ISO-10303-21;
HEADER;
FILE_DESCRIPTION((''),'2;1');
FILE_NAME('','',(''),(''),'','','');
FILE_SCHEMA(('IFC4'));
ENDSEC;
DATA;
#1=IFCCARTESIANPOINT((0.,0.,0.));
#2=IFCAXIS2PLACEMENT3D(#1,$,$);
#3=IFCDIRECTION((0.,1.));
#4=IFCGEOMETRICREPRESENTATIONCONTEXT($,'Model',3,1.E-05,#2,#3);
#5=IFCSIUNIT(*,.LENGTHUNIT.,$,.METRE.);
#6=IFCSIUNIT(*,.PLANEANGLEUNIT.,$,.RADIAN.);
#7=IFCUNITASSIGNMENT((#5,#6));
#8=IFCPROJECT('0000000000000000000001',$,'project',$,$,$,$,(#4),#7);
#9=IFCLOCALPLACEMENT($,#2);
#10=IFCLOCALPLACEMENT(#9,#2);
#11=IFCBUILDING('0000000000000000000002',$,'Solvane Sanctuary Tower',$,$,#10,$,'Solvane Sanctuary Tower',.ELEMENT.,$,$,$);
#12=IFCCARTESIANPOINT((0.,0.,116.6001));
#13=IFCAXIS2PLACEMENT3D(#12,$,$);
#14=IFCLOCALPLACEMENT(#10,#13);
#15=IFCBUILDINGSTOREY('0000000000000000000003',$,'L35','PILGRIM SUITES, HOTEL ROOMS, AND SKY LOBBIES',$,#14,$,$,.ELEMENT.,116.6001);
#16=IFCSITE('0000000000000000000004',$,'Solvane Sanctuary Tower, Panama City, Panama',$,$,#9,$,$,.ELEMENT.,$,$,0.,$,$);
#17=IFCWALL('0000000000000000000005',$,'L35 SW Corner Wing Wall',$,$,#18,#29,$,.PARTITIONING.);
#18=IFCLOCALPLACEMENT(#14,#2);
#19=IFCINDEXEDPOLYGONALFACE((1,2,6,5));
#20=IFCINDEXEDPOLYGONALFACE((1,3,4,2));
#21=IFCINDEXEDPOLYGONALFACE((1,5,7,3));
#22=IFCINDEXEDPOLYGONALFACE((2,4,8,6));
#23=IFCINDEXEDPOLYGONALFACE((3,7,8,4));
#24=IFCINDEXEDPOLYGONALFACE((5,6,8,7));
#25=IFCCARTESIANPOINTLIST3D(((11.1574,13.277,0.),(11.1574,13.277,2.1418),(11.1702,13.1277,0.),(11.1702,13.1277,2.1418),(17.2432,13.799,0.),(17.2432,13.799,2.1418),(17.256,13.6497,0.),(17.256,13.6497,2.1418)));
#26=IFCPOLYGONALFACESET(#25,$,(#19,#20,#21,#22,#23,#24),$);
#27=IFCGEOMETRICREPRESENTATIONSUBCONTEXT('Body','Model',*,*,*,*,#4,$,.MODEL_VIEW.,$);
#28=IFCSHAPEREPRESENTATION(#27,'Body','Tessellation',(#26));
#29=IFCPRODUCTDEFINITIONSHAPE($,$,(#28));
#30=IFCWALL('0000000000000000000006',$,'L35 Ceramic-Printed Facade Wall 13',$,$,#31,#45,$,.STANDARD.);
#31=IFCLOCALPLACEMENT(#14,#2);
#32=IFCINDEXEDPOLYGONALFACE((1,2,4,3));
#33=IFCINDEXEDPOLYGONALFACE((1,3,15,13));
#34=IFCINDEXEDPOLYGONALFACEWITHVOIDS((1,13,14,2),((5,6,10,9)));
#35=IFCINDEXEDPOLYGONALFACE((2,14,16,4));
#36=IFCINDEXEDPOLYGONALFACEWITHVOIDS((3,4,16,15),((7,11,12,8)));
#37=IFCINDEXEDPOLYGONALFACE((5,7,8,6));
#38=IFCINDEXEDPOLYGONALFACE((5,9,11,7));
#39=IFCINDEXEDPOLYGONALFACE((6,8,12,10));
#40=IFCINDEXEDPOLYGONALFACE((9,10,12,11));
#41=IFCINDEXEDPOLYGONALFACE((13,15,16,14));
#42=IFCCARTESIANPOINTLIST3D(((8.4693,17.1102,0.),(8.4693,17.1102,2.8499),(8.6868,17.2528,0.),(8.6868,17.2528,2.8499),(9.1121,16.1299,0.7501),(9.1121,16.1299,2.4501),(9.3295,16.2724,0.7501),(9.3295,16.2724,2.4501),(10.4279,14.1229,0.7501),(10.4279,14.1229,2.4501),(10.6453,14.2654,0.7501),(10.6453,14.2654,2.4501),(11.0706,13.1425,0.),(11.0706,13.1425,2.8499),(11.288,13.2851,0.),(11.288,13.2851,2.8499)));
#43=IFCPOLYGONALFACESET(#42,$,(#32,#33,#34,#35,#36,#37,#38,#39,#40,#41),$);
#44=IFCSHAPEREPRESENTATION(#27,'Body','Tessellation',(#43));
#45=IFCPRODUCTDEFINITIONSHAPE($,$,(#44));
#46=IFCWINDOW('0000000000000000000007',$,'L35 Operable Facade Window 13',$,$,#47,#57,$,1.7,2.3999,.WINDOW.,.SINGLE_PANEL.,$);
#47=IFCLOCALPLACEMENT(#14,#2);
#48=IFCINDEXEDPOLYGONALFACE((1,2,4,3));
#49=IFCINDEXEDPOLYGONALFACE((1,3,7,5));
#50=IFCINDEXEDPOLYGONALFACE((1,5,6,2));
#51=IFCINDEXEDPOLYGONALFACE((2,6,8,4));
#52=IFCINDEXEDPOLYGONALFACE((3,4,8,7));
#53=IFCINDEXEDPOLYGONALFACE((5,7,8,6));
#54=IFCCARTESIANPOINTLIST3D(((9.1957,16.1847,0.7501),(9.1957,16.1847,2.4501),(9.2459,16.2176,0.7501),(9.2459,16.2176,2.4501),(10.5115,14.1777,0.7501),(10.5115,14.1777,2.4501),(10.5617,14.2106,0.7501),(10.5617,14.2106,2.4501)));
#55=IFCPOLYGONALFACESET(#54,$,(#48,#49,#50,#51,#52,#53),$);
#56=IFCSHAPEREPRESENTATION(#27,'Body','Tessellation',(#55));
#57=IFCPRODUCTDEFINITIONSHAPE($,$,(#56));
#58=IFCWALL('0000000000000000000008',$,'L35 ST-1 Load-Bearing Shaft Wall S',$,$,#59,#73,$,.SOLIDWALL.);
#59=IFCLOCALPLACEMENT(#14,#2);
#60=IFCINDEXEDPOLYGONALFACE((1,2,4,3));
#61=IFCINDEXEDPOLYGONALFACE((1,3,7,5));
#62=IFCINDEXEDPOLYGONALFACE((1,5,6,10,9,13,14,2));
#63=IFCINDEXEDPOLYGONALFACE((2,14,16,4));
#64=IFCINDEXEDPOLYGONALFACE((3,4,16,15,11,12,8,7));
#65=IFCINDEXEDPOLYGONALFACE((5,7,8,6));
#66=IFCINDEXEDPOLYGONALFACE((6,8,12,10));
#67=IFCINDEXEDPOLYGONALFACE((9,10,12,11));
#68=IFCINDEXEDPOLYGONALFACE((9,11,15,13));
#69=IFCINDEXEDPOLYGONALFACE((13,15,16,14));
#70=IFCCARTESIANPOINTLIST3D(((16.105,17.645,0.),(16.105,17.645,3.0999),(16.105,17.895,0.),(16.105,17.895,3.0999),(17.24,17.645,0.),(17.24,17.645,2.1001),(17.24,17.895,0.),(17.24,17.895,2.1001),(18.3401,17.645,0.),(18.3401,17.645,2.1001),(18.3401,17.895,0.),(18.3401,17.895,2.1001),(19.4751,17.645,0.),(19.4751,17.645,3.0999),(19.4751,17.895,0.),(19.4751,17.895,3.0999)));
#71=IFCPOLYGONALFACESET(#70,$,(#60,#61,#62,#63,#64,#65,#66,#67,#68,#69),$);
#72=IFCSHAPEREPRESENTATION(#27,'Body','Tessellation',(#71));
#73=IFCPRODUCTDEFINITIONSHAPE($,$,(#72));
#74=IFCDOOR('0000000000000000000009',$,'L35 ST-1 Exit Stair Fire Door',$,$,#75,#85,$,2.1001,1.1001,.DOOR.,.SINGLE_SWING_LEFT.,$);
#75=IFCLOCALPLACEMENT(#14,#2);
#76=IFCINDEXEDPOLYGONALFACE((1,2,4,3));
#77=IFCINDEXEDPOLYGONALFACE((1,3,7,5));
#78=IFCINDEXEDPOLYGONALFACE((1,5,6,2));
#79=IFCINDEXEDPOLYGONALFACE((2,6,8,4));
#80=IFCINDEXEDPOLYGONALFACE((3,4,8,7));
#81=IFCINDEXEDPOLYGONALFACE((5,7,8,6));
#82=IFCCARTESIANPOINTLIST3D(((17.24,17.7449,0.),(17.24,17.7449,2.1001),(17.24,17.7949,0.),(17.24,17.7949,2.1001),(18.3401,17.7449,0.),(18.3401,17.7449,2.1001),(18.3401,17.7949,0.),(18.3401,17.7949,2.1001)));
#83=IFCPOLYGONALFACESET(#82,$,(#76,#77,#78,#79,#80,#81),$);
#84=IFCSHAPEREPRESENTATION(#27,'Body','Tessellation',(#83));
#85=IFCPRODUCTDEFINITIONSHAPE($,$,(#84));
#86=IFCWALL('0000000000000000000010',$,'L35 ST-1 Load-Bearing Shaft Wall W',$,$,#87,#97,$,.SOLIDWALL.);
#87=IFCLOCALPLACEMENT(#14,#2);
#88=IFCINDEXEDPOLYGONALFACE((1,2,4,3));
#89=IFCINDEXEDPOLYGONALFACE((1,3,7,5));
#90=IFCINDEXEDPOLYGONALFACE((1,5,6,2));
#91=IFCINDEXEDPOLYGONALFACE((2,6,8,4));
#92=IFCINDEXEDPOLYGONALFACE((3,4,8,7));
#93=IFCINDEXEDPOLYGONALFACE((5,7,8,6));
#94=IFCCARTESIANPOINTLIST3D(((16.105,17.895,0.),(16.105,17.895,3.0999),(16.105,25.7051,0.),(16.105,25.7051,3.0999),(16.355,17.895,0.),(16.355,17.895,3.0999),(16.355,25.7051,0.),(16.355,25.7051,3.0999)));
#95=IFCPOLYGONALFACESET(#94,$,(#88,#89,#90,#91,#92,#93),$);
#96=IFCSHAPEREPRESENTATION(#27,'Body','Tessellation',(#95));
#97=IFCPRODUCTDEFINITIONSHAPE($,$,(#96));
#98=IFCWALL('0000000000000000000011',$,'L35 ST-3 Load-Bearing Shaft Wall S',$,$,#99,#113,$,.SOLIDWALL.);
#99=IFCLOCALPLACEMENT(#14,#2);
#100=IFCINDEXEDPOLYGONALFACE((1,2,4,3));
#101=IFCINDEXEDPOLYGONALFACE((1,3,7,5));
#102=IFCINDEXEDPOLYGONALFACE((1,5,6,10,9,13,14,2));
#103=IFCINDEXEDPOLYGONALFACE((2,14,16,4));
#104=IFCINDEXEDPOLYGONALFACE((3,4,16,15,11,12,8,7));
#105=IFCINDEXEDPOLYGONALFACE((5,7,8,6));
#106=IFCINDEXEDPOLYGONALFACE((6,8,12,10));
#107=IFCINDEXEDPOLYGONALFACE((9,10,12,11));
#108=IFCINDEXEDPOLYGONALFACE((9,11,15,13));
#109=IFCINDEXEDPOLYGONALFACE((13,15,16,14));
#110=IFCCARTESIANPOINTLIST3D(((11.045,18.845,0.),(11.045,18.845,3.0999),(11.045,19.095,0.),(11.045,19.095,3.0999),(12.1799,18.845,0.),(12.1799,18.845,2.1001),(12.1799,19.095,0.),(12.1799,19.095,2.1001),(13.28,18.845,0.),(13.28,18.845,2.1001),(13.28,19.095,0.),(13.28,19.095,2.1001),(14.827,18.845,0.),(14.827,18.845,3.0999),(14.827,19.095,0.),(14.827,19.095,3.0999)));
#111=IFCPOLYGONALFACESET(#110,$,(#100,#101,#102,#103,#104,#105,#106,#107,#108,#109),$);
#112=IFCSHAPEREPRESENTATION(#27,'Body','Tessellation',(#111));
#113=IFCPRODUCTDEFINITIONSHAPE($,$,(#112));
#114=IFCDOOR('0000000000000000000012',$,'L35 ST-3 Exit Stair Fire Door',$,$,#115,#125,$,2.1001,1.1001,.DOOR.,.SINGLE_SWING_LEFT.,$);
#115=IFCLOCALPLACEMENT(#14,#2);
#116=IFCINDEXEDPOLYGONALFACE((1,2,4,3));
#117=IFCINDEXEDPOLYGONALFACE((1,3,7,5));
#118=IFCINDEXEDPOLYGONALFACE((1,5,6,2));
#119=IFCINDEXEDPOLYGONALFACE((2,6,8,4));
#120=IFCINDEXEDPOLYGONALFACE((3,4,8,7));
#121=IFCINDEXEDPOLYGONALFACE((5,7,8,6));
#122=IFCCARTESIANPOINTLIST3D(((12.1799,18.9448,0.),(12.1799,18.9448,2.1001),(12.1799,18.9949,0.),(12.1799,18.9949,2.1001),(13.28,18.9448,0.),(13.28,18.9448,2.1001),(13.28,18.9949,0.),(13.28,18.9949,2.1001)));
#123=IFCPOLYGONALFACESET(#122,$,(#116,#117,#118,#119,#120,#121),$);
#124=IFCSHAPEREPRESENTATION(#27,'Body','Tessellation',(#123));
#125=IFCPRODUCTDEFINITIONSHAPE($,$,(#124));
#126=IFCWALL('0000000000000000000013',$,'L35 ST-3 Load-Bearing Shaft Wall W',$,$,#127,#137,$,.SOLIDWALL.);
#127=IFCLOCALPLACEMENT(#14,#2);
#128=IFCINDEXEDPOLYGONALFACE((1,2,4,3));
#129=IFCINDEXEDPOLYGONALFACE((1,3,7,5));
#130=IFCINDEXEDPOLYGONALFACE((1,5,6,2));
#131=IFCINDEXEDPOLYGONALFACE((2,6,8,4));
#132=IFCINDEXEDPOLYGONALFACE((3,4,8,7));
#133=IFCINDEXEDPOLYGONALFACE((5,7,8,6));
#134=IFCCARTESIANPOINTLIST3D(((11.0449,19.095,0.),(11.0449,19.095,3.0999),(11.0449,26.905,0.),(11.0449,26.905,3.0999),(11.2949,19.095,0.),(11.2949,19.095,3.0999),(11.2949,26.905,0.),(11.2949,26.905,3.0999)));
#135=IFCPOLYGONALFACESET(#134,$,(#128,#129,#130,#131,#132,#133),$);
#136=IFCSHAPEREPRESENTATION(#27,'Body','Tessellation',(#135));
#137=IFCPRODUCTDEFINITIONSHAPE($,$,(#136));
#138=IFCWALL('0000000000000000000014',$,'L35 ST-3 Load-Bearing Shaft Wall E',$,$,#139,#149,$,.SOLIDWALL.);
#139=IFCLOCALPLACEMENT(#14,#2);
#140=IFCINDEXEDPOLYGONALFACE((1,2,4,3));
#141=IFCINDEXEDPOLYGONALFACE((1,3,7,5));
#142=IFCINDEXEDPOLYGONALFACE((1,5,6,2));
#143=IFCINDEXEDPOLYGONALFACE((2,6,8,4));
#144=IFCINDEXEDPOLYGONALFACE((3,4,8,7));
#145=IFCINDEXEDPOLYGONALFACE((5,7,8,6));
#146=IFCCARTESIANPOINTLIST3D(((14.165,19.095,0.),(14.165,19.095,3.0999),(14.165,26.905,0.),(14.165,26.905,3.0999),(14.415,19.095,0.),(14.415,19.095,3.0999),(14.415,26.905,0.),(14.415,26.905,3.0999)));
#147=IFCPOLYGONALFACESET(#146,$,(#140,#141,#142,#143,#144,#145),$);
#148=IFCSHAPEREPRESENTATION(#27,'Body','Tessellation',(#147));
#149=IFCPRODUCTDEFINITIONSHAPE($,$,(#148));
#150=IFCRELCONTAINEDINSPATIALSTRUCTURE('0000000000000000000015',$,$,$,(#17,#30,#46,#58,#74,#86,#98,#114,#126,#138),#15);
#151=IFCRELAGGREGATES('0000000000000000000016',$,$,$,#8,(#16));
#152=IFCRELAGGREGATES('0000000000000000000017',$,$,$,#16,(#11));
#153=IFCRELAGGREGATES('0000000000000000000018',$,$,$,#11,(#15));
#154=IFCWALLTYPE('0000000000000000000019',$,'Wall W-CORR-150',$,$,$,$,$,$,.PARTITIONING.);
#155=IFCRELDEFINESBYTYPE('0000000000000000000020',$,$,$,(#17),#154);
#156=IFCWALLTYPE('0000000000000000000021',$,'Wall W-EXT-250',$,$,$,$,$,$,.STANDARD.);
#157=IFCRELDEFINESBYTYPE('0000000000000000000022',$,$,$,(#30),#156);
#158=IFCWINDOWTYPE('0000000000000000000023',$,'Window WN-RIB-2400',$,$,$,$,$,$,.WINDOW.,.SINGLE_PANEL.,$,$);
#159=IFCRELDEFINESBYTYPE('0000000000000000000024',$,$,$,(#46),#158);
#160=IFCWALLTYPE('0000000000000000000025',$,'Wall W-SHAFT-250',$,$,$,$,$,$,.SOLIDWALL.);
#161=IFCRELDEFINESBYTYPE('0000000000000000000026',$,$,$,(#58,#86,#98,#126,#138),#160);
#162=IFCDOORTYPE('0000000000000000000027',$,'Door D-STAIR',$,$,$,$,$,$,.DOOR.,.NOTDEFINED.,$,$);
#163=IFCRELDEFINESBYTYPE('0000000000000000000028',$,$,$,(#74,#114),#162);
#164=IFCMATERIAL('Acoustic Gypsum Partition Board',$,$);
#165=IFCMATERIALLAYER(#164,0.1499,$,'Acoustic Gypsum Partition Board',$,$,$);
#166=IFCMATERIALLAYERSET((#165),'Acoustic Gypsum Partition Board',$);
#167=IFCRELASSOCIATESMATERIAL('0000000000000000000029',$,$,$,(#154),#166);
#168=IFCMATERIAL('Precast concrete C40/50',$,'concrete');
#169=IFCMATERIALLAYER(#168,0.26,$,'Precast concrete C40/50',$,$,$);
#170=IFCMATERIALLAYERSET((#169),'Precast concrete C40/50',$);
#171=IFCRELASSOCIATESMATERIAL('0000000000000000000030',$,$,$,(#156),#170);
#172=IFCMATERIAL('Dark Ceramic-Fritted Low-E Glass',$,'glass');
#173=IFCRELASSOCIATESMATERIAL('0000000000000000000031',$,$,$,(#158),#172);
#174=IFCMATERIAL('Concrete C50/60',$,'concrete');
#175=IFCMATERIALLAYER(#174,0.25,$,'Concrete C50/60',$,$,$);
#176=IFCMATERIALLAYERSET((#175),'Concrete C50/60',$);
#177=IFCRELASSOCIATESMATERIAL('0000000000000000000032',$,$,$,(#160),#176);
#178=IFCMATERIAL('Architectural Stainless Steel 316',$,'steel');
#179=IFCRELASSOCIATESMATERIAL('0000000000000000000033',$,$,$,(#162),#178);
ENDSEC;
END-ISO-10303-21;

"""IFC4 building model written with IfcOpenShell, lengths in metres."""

from ifc_helpers import new_model, si_unit, direction, frame, frame_2d, origin, place, context, subcontext, project, spatial, rectangle, extrude, material, layer, layer_set, type_object, element, fill, save


model = new_model("IFC4")

# Units and contexts
model_context = context("Model", 3, precision=1e-05, world=origin(), true_north=direction((0.0, 1.0)))
body_context = subcontext(model_context, "Body", "Model", "MODEL_VIEW")
ifc_project = project(units=[si_unit("LENGTHUNIT", "METRE"), si_unit("PLANEANGLEUNIT", "RADIAN")], contexts=[model_context])

# Site, building, storey
site_placement = place(None, origin())
site = spatial("IfcSite", under=ifc_project, at=site_placement, Name="Solvane Sanctuary Tower, Panama City, Panama", CompositionType="ELEMENT", RefElevation=0.0)
building_placement = place(site_placement, origin())
building = spatial("IfcBuilding", under=site, at=building_placement, Name="Solvane Sanctuary Tower", LongName="Solvane Sanctuary Tower", CompositionType="ELEMENT")
storey_placement = place(building_placement, frame((0.0, 0.0, 116.6001)))
storey = spatial("IfcBuildingStorey", under=building, at=storey_placement, Name="L35", Description="PILGRIM SUITES, HOTEL ROOMS, AND SKY LOBBIES", CompositionType="ELEMENT", Elevation=116.6001)

# Shared definitions
ifc_material_1 = material(Name="Acoustic Gypsum Partition Board")
ifc_layer_1 = layer(ifc_material_1, 0.1499, Name="Acoustic Gypsum Partition Board")
ifc_layer_set_1 = layer_set([ifc_layer_1], Name="Acoustic Gypsum Partition Board")
wall_type_1 = type_object("IfcWallType", Name="Wall W-CORR-150", PredefinedType="PARTITIONING", material=ifc_layer_set_1)

# Wall
wall_1_placement = place(storey_placement, frame((17.2498, 13.7244, 0.0), z_axis=(0.0, 0.0, 1.0), x_axis=(-0.996342, -0.085457, 0.0)))
element("IfcWall", 1, at=wall_1_placement, inside=storey, type_object=wall_type_1, Name="L35 SW Corner Wing Wall", PredefinedType="PARTITIONING", context=body_context, shape_type="SweptSolid", body=[
    extrude(rectangle(XDim=6.1082, YDim=0.1499, at=frame_2d((3.0542, 0.0))), origin(), (0.0, 0.0, 1.0), 2.1418),
])

# Wall, opening, window
ifc_material_2 = material(Name="Precast concrete C40/50", Category="concrete")
ifc_layer_2 = layer(ifc_material_2, 0.26, Name="Precast concrete C40/50")
ifc_layer_set_2 = layer_set([ifc_layer_2], Name="Precast concrete C40/50")
wall_type_2 = type_object("IfcWallType", Name="Wall W-EXT-250", PredefinedType="STANDARD", material=ifc_layer_set_2)
wall_2_placement = place(storey_placement, frame((8.5781, 17.1814, 0.0), z_axis=(0.0, 0.0, 1.0), x_axis=(0.548283, -0.836293, 0.0)))
wall_2 = element("IfcWall", 2, at=wall_2_placement, inside=storey, type_object=wall_type_2, Name="L35 Ceramic-Printed Facade Wall 13", PredefinedType="STANDARD", context=body_context, shape_type="SweptSolid", body=[
    extrude(rectangle(XDim=4.7444, YDim=0.26, at=frame_2d((2.3721, 0.0))), origin(), (0.0, 0.0, 1.0), 2.8499),
])
opening_1_placement = place(wall_2_placement, frame((1.1721, 0.0, 0.75)))
opening_1 = element("IfcOpeningElement", 3, at=opening_1_placement, cuts=wall_2, PredefinedType="OPENING", context=body_context, shape_type="SweptSolid", body=[
    extrude(rectangle(XDim=2.3999, YDim=1.7, at=frame_2d((1.2, 0.8501))), frame((0.0, 0.1399, 0.0), z_axis=(0.0, -1.0, 0.0), x_axis=(1.0, 0.0, 0.0)), (0.0, 0.0, 1.0), 0.28),
])
ifc_material_3 = material(Name="Dark Ceramic-Fritted Low-E Glass", Category="glass")
window_type = type_object("IfcWindowType", Name="Window WN-RIB-2400", PartitioningType="SINGLE_PANEL", PredefinedType="WINDOW", material=ifc_material_3)
window_placement = place(opening_1_placement, origin())
window = element("IfcWindow", 4, at=window_placement, inside=storey, type_object=window_type, Name="L35 Operable Facade Window 13", OverallHeight=1.7, OverallWidth=2.3999, PartitioningType="SINGLE_PANEL", PredefinedType="WINDOW", context=body_context, shape_type="SweptSolid", body=[
    extrude(rectangle(XDim=2.3999, YDim=1.7, at=frame_2d((1.2, 0.8501))), frame((0.0, 0.03, 0.0), z_axis=(0.0, -1.0, 0.0), x_axis=(1.0, 0.0, 0.0)), (0.0, 0.0, 1.0), 0.0601),
])
fill(opening_1, window)

# Wall, opening, door
ifc_material_4 = material(Name="Concrete C50/60", Category="concrete")
ifc_layer_3 = layer(ifc_material_4, 0.25, Name="Concrete C50/60")
ifc_layer_set_3 = layer_set([ifc_layer_3], Name="Concrete C50/60")
wall_type_3 = type_object("IfcWallType", Name="Wall W-SHAFT-250", PredefinedType="SOLIDWALL", material=ifc_layer_set_3)
wall_3_placement = place(storey_placement, frame((16.105, 17.77, 0.0), z_axis=(0.0, 0.0, 1.0), x_axis=(1.0, 0.0, 0.0)))
wall_3 = element("IfcWall", 5, at=wall_3_placement, inside=storey, type_object=wall_type_3, Name="L35 ST-1 Load-Bearing Shaft Wall S", PredefinedType="SOLIDWALL", context=body_context, shape_type="SweptSolid", body=[
    extrude(rectangle(XDim=3.3701, YDim=0.25, at=frame_2d((1.6851, 0.0))), origin(), (0.0, 0.0, 1.0), 3.0999),
])
opening_2_placement = place(wall_3_placement, frame((1.135, 0.0, 0.0)))
opening_2 = element("IfcOpeningElement", 6, at=opening_2_placement, cuts=wall_3, PredefinedType="OPENING", context=body_context, shape_type="SweptSolid", body=[
    extrude(rectangle(XDim=1.1001, YDim=2.1001, at=frame_2d((0.55, 1.05))), frame((0.0, 0.135, 0.0), z_axis=(0.0, -1.0, 0.0), x_axis=(1.0, 0.0, 0.0)), (0.0, 0.0, 1.0), 0.27),
])
ifc_material_5 = material(Name="Architectural Stainless Steel 316", Category="steel")
door_type_1 = type_object("IfcDoorType", Name="Door D-STAIR", OperationType="NOTDEFINED", PredefinedType="DOOR", material=ifc_material_5)
door_1_placement = place(opening_2_placement, origin())
door_1 = element("IfcDoor", 7, at=door_1_placement, inside=storey, type_object=door_type_1, Name="L35 ST-1 Exit Stair Fire Door", OperationType="SINGLE_SWING_LEFT", OverallHeight=2.1001, OverallWidth=1.1001, PredefinedType="DOOR", context=body_context, shape_type="SweptSolid", body=[
    extrude(rectangle(XDim=1.1001, YDim=2.1001, at=frame_2d((0.55, 1.05))), frame((0.0, 0.0249, 0.0), z_axis=(0.0, -1.0, 0.0), x_axis=(1.0, 0.0, 0.0)), (0.0, 0.0, 1.0), 0.05),
])
fill(opening_2, door_1)

# Wall
wall_4_placement = place(storey_placement, frame((16.23, 17.895, 0.0), z_axis=(0.0, 0.0, 1.0), x_axis=(0.0, 1.0, 0.0)))
element("IfcWall", 8, at=wall_4_placement, inside=storey, type_object=wall_type_3, Name="L35 ST-1 Load-Bearing Shaft Wall W", PredefinedType="SOLIDWALL", context=body_context, shape_type="SweptSolid", body=[
    extrude(rectangle(XDim=7.8101, YDim=0.25, at=frame_2d((3.905, 0.0))), origin(), (0.0, 0.0, 1.0), 3.0999),
])

# Wall, opening, door
wall_5_placement = place(storey_placement, frame((11.0449, 18.97, 0.0), z_axis=(0.0, 0.0, 1.0), x_axis=(1.0, 0.0, 0.0)))
wall_5 = element("IfcWall", 9, at=wall_5_placement, inside=storey, type_object=wall_type_3, Name="L35 ST-3 Load-Bearing Shaft Wall S", PredefinedType="SOLIDWALL", context=body_context, shape_type="SweptSolid", body=[
    extrude(rectangle(XDim=3.782, YDim=0.25, at=frame_2d((1.8911, 0.0))), origin(), (0.0, 0.0, 1.0), 3.0999),
])
opening_3_placement = place(wall_5_placement, frame((1.135, 0.0, 0.0)))
opening_3 = element("IfcOpeningElement", 10, at=opening_3_placement, cuts=wall_5, PredefinedType="OPENING", context=body_context, shape_type="SweptSolid", body=[
    extrude(rectangle(XDim=1.1001, YDim=2.1001, at=frame_2d((0.55, 1.05))), frame((0.0, 0.135, 0.0), z_axis=(0.0, -1.0, 0.0), x_axis=(1.0, 0.0, 0.0)), (0.0, 0.0, 1.0), 0.27),
])
door_2_placement = place(opening_3_placement, origin())
door_2 = element("IfcDoor", 11, at=door_2_placement, inside=storey, type_object=door_type_1, Name="L35 ST-3 Exit Stair Fire Door", OperationType="SINGLE_SWING_LEFT", OverallHeight=2.1001, OverallWidth=1.1001, PredefinedType="DOOR", context=body_context, shape_type="SweptSolid", body=[
    extrude(rectangle(XDim=1.1001, YDim=2.1001, at=frame_2d((0.55, 1.05))), frame((0.0, 0.0249, 0.0), z_axis=(0.0, -1.0, 0.0), x_axis=(1.0, 0.0, 0.0)), (0.0, 0.0, 1.0), 0.05),
])
fill(opening_3, door_2)

# Walls
for number, where, z_axis, x_axis, name in (
    (12, (11.1699, 19.095, 0.0), (0.0, 0.0, 1.0), (0.0, 1.0, 0.0), "L35 ST-3 Load-Bearing Shaft Wall W"),
    (13, (14.29, 19.095, 0.0), (0.0, 0.0, 1.0), (0.0, 1.0, 0.0), "L35 ST-3 Load-Bearing Shaft Wall E"),
):
    element("IfcWall", number, at=place(storey_placement, frame(where, z_axis=z_axis, x_axis=x_axis)), inside=storey, type_object=wall_type_3, Name=name, PredefinedType="SOLIDWALL", context=body_context, shape_type="SweptSolid", body=[
        extrude(rectangle(XDim=7.8101, YDim=0.25, at=frame_2d((3.905, 0.0))), origin(), (0.0, 0.0, 1.0), 3.0999),
    ])

save(model, "model.ifc")
